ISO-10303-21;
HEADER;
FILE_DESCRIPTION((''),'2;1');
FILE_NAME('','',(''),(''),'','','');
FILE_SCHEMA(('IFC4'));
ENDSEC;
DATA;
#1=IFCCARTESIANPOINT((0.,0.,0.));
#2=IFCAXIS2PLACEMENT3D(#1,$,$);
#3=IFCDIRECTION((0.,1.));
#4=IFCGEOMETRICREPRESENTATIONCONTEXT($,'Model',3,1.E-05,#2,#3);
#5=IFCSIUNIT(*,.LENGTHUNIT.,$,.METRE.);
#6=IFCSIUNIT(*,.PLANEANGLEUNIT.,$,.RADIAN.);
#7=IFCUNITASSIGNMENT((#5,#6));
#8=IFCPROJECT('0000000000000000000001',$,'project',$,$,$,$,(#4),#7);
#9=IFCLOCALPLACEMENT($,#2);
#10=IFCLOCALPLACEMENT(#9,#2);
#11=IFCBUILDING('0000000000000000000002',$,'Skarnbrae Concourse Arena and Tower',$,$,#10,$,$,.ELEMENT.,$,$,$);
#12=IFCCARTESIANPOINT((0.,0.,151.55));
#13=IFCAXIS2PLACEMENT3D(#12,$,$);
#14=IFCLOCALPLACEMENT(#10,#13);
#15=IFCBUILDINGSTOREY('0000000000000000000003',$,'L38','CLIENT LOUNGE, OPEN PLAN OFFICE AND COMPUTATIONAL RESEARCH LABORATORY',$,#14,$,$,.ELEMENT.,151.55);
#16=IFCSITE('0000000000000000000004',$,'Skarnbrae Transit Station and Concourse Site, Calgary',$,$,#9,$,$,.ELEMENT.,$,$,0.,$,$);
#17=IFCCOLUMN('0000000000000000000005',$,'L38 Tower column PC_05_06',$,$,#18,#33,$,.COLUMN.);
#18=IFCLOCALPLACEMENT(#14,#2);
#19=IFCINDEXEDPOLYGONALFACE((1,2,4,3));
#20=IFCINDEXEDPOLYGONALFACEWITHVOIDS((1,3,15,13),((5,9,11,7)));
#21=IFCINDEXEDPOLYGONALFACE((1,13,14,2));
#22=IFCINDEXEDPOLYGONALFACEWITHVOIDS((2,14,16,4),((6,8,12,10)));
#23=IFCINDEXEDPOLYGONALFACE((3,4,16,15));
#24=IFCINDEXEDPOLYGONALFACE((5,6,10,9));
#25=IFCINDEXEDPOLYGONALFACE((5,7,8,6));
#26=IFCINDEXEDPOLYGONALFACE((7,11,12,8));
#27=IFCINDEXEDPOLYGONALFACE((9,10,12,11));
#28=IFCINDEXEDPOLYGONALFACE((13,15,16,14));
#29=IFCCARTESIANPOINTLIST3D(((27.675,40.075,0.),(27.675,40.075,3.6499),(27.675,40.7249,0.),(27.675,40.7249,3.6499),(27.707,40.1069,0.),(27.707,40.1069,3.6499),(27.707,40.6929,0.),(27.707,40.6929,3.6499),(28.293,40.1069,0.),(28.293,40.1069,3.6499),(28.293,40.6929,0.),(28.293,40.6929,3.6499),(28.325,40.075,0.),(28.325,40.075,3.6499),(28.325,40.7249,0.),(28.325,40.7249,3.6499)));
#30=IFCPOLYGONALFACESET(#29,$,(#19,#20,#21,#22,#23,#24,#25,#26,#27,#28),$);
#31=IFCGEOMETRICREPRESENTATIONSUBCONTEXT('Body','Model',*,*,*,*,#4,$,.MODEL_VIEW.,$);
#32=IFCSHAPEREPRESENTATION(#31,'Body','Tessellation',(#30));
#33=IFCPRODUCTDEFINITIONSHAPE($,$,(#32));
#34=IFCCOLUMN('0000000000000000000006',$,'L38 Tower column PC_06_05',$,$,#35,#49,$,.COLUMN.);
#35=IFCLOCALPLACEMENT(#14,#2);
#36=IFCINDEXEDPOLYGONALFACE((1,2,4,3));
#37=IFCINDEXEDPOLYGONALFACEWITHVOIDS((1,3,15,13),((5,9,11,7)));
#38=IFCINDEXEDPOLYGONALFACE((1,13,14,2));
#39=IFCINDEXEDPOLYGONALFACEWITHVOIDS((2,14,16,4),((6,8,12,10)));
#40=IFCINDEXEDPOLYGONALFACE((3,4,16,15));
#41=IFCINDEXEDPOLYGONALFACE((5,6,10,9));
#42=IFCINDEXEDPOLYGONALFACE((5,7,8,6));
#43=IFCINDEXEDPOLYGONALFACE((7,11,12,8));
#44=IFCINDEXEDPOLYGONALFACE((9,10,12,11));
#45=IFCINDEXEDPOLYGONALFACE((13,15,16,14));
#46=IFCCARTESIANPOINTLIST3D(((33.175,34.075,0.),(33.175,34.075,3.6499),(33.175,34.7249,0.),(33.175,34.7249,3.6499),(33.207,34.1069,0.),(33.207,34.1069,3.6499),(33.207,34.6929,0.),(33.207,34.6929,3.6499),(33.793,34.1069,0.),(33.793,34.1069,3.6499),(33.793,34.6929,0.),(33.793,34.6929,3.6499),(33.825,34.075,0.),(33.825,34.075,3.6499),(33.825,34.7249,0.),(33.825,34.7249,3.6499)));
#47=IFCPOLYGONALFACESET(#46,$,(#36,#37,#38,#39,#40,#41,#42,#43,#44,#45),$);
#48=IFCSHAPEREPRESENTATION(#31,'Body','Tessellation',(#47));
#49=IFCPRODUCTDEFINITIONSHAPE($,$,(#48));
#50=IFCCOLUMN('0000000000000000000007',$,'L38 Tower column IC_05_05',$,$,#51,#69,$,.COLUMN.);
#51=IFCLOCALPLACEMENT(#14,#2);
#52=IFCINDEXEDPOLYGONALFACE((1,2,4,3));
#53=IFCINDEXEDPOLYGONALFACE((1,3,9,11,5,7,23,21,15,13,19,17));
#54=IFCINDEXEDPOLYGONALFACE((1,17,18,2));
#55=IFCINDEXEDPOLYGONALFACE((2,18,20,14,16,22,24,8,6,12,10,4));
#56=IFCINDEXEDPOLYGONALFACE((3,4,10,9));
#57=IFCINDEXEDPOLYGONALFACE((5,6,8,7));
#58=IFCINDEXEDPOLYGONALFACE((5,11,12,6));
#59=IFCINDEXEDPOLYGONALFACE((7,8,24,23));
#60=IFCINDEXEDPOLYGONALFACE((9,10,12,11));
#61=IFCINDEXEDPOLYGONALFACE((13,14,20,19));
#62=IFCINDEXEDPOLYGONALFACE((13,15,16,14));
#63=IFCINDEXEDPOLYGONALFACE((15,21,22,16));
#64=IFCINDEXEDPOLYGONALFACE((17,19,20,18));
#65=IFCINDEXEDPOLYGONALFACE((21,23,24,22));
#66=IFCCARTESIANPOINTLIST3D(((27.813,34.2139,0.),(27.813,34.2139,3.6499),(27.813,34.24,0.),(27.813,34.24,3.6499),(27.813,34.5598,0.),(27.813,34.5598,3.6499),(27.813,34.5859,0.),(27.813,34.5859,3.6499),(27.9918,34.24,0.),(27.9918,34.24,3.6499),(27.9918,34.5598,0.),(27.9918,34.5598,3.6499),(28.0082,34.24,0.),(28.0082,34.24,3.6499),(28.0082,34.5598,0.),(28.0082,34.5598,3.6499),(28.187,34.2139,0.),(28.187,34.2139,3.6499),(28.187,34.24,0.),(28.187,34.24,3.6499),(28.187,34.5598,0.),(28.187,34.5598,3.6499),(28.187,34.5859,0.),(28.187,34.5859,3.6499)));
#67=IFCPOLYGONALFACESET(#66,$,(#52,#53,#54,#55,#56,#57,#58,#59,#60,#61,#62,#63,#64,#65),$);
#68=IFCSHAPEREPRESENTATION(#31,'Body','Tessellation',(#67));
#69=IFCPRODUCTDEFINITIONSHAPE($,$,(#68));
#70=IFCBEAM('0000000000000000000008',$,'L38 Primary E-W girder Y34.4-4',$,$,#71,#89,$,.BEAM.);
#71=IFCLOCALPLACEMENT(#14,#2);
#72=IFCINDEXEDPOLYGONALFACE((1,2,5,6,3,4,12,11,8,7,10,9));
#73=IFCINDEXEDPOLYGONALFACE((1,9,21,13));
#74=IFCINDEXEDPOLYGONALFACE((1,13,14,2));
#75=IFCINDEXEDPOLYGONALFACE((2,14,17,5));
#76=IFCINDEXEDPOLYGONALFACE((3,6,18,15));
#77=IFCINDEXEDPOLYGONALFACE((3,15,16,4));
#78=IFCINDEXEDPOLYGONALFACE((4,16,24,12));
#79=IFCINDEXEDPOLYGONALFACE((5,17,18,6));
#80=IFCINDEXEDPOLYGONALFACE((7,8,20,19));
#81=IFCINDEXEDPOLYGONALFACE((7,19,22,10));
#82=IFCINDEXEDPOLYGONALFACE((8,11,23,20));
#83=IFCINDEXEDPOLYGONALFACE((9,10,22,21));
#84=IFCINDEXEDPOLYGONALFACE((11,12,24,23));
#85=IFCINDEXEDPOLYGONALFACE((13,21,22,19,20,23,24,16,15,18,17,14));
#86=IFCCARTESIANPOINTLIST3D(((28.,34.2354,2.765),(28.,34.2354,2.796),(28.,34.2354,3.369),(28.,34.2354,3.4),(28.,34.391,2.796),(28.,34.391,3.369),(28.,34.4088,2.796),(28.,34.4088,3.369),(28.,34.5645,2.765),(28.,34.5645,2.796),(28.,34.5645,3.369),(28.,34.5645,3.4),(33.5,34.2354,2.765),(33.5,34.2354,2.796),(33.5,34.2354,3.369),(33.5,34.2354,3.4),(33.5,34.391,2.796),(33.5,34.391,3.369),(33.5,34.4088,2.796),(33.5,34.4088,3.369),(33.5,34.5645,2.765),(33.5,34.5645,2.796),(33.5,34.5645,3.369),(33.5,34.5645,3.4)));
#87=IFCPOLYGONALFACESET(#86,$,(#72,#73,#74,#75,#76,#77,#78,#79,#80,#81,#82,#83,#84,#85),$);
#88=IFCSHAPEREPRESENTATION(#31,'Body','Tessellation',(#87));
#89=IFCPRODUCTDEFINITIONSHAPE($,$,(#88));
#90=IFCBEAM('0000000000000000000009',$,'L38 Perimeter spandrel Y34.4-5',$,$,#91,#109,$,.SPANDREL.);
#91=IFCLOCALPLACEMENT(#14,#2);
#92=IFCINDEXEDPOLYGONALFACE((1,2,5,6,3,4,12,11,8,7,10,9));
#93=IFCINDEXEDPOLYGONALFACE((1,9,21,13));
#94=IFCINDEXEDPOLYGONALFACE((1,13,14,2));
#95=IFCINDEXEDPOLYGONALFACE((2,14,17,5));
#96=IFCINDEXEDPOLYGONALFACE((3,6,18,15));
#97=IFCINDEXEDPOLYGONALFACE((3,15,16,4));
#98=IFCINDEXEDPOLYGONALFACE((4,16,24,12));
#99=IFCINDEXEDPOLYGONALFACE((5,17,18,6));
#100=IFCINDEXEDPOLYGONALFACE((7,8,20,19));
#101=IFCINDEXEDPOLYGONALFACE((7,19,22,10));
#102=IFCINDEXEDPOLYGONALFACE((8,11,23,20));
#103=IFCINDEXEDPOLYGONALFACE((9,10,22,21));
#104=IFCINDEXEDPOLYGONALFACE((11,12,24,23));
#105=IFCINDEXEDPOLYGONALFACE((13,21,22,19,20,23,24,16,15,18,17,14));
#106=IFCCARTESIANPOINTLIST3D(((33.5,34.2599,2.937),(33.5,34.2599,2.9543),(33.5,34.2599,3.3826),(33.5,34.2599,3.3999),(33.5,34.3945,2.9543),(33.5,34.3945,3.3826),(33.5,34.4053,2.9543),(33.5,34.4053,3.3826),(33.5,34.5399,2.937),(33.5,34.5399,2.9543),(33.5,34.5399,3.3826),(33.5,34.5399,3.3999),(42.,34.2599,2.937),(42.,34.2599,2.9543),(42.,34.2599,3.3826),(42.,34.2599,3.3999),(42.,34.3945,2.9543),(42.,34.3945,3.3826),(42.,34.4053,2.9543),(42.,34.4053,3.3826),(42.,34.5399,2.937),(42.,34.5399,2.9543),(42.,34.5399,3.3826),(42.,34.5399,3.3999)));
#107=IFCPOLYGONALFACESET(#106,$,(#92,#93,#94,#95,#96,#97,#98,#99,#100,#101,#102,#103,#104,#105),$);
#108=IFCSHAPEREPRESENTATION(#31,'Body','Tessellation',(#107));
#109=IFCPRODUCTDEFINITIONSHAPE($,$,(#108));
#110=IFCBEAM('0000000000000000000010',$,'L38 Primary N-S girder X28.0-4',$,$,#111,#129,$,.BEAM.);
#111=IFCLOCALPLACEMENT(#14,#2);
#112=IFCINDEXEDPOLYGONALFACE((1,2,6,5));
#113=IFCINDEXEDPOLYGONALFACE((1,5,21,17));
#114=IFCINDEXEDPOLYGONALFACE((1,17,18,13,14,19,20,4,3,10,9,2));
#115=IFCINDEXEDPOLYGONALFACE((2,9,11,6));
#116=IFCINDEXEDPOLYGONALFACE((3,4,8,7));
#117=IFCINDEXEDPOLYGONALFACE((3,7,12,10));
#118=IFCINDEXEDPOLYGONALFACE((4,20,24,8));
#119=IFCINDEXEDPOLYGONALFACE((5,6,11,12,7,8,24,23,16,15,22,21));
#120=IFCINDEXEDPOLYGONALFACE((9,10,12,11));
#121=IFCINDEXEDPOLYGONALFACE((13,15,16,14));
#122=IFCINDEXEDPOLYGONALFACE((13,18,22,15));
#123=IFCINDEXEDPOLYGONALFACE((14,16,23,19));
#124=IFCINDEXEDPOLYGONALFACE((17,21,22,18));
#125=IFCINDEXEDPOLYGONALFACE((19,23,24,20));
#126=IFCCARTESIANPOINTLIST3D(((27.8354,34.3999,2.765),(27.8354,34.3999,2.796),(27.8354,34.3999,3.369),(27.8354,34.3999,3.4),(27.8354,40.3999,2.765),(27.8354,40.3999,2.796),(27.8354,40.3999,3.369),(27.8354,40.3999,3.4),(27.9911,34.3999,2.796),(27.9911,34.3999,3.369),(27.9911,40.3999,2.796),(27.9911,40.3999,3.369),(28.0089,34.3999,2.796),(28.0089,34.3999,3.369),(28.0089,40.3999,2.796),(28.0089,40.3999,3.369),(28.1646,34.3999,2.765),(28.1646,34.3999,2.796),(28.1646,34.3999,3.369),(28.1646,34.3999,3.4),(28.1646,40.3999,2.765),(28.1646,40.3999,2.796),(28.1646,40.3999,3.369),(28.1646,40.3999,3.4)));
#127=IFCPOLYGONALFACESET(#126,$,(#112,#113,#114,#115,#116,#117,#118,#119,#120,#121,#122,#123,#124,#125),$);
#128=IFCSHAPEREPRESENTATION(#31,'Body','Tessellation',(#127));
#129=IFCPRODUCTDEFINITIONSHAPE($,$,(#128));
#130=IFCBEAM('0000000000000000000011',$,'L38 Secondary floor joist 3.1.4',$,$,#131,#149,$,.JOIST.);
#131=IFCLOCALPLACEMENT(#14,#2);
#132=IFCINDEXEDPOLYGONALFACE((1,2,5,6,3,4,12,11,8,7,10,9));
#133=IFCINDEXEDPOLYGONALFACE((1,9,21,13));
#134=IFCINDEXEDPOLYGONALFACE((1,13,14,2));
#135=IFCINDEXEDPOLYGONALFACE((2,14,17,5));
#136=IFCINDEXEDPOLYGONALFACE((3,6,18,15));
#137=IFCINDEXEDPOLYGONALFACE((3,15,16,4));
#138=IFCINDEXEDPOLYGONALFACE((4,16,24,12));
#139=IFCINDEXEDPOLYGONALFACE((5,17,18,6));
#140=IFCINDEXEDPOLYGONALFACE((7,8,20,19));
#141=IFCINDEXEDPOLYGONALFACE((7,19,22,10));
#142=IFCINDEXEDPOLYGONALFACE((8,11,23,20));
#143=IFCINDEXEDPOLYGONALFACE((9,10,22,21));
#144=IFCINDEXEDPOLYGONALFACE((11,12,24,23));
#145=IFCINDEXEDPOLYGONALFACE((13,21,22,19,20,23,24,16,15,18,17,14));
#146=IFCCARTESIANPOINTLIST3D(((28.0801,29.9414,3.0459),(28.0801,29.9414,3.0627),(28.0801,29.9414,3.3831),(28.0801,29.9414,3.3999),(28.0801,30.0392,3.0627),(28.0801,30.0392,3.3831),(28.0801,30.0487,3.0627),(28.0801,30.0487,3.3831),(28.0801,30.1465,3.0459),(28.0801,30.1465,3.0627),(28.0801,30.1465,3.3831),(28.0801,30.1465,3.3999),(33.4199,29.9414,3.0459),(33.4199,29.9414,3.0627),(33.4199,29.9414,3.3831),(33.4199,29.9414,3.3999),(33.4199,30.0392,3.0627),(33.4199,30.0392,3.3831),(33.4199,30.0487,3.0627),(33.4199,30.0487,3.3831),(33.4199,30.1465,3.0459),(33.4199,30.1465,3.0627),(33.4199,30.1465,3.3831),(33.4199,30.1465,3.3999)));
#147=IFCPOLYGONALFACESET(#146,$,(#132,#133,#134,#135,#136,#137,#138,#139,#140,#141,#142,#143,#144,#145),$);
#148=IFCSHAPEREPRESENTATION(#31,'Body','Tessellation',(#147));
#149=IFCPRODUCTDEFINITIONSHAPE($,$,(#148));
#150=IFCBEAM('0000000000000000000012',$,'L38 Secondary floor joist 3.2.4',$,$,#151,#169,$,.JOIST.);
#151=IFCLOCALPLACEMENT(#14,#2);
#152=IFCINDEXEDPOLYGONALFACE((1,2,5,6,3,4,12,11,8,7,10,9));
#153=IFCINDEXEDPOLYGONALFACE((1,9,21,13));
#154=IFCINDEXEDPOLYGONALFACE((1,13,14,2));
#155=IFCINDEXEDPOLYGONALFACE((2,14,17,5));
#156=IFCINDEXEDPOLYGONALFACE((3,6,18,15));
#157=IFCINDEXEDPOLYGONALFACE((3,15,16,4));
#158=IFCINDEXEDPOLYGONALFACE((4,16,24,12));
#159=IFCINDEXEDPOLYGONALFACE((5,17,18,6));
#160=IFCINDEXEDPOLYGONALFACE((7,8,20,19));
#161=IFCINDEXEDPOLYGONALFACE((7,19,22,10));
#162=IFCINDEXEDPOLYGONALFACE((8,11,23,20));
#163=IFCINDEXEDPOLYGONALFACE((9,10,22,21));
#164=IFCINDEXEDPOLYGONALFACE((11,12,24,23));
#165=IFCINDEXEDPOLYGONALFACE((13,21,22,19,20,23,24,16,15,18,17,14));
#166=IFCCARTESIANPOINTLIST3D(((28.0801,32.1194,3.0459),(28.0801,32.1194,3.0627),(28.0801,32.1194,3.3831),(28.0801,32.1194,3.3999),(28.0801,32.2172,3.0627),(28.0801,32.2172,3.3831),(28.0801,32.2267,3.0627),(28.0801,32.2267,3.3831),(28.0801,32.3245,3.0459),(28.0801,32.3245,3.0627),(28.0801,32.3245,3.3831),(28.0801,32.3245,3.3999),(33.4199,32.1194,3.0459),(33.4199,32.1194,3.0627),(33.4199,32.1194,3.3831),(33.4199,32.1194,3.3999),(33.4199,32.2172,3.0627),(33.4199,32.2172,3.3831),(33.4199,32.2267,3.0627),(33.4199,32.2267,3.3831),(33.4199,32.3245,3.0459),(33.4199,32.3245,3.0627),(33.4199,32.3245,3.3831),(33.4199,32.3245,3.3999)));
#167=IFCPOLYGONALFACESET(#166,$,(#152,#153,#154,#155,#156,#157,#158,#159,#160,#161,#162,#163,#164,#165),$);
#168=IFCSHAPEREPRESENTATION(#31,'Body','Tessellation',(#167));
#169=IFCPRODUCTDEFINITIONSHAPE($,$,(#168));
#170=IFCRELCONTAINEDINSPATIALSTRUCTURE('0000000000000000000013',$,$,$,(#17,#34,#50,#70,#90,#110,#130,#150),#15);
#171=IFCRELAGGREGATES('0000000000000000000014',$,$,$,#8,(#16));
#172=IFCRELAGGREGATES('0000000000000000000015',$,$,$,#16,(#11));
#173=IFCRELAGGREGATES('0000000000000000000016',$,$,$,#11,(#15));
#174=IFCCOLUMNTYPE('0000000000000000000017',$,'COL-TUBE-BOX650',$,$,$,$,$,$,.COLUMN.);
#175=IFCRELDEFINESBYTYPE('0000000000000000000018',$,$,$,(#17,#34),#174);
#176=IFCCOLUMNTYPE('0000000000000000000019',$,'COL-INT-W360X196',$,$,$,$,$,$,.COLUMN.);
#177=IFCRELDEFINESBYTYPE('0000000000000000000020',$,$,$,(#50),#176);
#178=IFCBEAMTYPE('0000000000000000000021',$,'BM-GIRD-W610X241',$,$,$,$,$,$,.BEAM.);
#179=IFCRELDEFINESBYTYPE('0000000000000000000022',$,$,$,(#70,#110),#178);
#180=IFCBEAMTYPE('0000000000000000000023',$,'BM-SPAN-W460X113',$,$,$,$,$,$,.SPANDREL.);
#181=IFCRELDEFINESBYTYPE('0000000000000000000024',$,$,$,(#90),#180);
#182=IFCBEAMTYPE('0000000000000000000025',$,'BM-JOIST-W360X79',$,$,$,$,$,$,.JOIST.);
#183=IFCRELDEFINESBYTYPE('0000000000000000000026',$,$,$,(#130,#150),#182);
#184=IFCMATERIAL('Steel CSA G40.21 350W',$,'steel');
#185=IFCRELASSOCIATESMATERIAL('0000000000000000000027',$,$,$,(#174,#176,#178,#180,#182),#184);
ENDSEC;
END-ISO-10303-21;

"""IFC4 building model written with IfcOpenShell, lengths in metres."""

from ifc_helpers import new_model, si_unit, direction, frame, origin, origin_2d, place, context, subcontext, project, spatial, hollow_rectangle, i_section, extrude, source, transform, mapped, material, material_profile, profile_set, type_object, element, save


model = new_model("IFC4")

# Units and contexts
model_context = context("Model", 3, precision=1e-05, world=origin(), true_north=direction((0.0, 1.0)))
body_context = subcontext(model_context, "Body", "Model", "MODEL_VIEW")
ifc_project = project(units=[si_unit("LENGTHUNIT", "METRE"), si_unit("PLANEANGLEUNIT", "RADIAN")], contexts=[model_context])

# Site, building, storey
site_placement = place(None, origin())
site = spatial("IfcSite", under=ifc_project, at=site_placement, Name="Skarnbrae Transit Station and Concourse Site, Calgary", CompositionType="ELEMENT", RefElevation=0.0)
building_placement = place(site_placement, origin())
building = spatial("IfcBuilding", under=site, at=building_placement, Name="Skarnbrae Concourse Arena and Tower", CompositionType="ELEMENT")
storey_placement = place(building_placement, frame((0.0, 0.0, 151.55)))
storey = spatial("IfcBuildingStorey", under=building, at=storey_placement, Name="L38", Description="CLIENT LOUNGE, OPEN PLAN OFFICE AND COMPUTATIONAL RESEARCH LABORATORY", CompositionType="ELEMENT", Elevation=151.55)

# Columns
ifc_material_1 = material(Name="Steel CSA G40.21 350W", Category="steel")
ifc_material_profile_1 = material_profile(ifc_material_1, hollow_rectangle(XDim=0.6499, YDim=0.6499, WallThickness=0.032, at=origin_2d()), Name="BOX650X650X32")
ifc_profile_set_1 = profile_set([ifc_material_profile_1], Name="Steel CSA G40.21 350W")
column_type_1 = type_object("IfcColumnType", Name="COL-TUBE-BOX650", PredefinedType="COLUMN", material=ifc_profile_set_1)
shared_shape_1 = source(origin(), body_context, "Body", "SweptSolid", [
    extrude(hollow_rectangle(XDim=0.6499, YDim=0.6499, WallThickness=0.032, at=origin_2d()), origin(), (0.0, 0.0, 1.0), 3.6499),
])
for number, where, z_axis, x_axis, name in (
    (1, (28.0, 40.3999, 0.0), (0.0, 0.0, 1.0), (1.0, 0.0, 0.0), "L38 Tower column PC_05_06"),
    (2, (33.5, 34.3999, 0.0), (0.0, 0.0, 1.0), (1.0, 0.0, 0.0), "L38 Tower column PC_06_05"),
):
    element("IfcColumn", number, at=place(storey_placement, frame(where, z_axis=z_axis, x_axis=x_axis)), inside=storey, type_object=column_type_1, Name=name, PredefinedType="COLUMN", context=body_context, shape_type="MappedRepresentation", body=[
        mapped(shared_shape_1, transform((0.0, 0.0, 0.0))),
    ])
ifc_material_profile_2 = material_profile(ifc_material_1, i_section(OverallWidth=0.374, OverallDepth=0.3721, WebThickness=0.0164, FlangeThickness=0.0261, at=origin_2d()), Name="W360X196")
ifc_profile_set_2 = profile_set([ifc_material_profile_2], Name="Steel CSA G40.21 350W")
column_type_2 = type_object("IfcColumnType", Name="COL-INT-W360X196", PredefinedType="COLUMN", material=ifc_profile_set_2)
shared_shape_2 = source(origin(), body_context, "Body", "SweptSolid", [
    extrude(i_section(OverallWidth=0.374, OverallDepth=0.3721, WebThickness=0.0164, FlangeThickness=0.0261, at=origin_2d()), origin(), (0.0, 0.0, 1.0), 3.6499),
])
column_placement = place(storey_placement, frame((28.0, 34.3999, 0.0), z_axis=(0.0, 0.0, 1.0), x_axis=(1.0, 0.0, 0.0)))
element("IfcColumn", 3, at=column_placement, inside=storey, type_object=column_type_2, Name="L38 Tower column IC_05_05", PredefinedType="COLUMN", context=body_context, shape_type="MappedRepresentation", body=[
    mapped(shared_shape_2, transform((0.0, 0.0, 0.0))),
])

# Beams
ifc_material_profile_3 = material_profile(ifc_material_1, i_section(OverallWidth=0.3291, OverallDepth=0.635, WebThickness=0.0178, FlangeThickness=0.031, at=origin_2d()), Name="W610X241")
ifc_profile_set_3 = profile_set([ifc_material_profile_3], Name="Steel CSA G40.21 350W")
beam_type_1 = type_object("IfcBeamType", Name="BM-GIRD-W610X241", PredefinedType="BEAM", material=ifc_profile_set_3)
shared_shape_3 = source(origin(), body_context, "Body", "SweptSolid", [
    extrude(i_section(OverallWidth=0.3291, OverallDepth=0.635, WebThickness=0.0178, FlangeThickness=0.031, at=origin_2d()), origin(), (0.0, 0.0, 1.0), 5.5),
])
beam_1_placement = place(storey_placement, frame((28.0, 34.3999, 3.0825), z_axis=(1.0, 0.0, 0.0), x_axis=(0.0, 1.0, 0.0)))
element("IfcBeam", 4, at=beam_1_placement, inside=storey, type_object=beam_type_1, Name="L38 Primary E-W girder Y34.4-4", PredefinedType="BEAM", context=body_context, shape_type="MappedRepresentation", body=[
    mapped(shared_shape_3, transform((0.0, 0.0, 0.0))),
])
ifc_material_profile_4 = material_profile(ifc_material_1, i_section(OverallWidth=0.28, OverallDepth=0.4629, WebThickness=0.0107, FlangeThickness=0.0173, at=origin_2d()), Name="W460X113")
ifc_profile_set_4 = profile_set([ifc_material_profile_4], Name="Steel CSA G40.21 350W")
beam_type_2 = type_object("IfcBeamType", Name="BM-SPAN-W460X113", PredefinedType="SPANDREL", material=ifc_profile_set_4)
shared_shape_4 = source(origin(), body_context, "Body", "SweptSolid", [
    extrude(i_section(OverallWidth=0.28, OverallDepth=0.4629, WebThickness=0.0107, FlangeThickness=0.0173, at=origin_2d()), origin(), (0.0, 0.0, 1.0), 8.5),
])
beam_2_placement = place(storey_placement, frame((33.5, 34.3999, 3.1685), z_axis=(1.0, 0.0, 0.0), x_axis=(0.0, 1.0, 0.0)))
element("IfcBeam", 5, at=beam_2_placement, inside=storey, type_object=beam_type_2, Name="L38 Perimeter spandrel Y34.4-5", PredefinedType="SPANDREL", context=body_context, shape_type="MappedRepresentation", body=[
    mapped(shared_shape_4, transform((0.0, 0.0, 0.0))),
])
shared_shape_5 = source(origin(), body_context, "Body", "SweptSolid", [
    extrude(i_section(OverallWidth=0.3291, OverallDepth=0.635, WebThickness=0.0178, FlangeThickness=0.031, at=origin_2d()), origin(), (0.0, 0.0, 1.0), 6.0),
])
beam_3_placement = place(storey_placement, frame((28.0, 34.3999, 3.0825), z_axis=(0.0, 1.0, 0.0), x_axis=(-1.0, 0.0, 0.0)))
element("IfcBeam", 6, at=beam_3_placement, inside=storey, type_object=beam_type_1, Name="L38 Primary N-S girder X28.0-4", PredefinedType="BEAM", context=body_context, shape_type="MappedRepresentation", body=[
    mapped(shared_shape_5, transform((0.0, 0.0, 0.0))),
])
ifc_material_profile_5 = material_profile(ifc_material_1, i_section(OverallWidth=0.2051, OverallDepth=0.354, WebThickness=0.0095, FlangeThickness=0.0168, at=origin_2d()), Name="W360X79")
ifc_profile_set_5 = profile_set([ifc_material_profile_5], Name="Steel CSA G40.21 350W")
beam_type_3 = type_object("IfcBeamType", Name="BM-JOIST-W360X79", PredefinedType="JOIST", material=ifc_profile_set_5)
shared_shape_6 = source(origin(), body_context, "Body", "SweptSolid", [
    extrude(i_section(OverallWidth=0.2051, OverallDepth=0.354, WebThickness=0.0095, FlangeThickness=0.0168, at=origin_2d()), origin(), (0.0, 0.0, 1.0), 5.3398),
])
for number, where, z_axis, x_axis, name in (
    (7, (28.0801, 30.0439, 3.2229), (1.0, 0.0, 0.0), (0.0, 1.0, 0.0), "L38 Secondary floor joist 3.1.4"),
    (8, (28.0801, 32.2219, 3.2229), (1.0, 0.0, 0.0), (0.0, 1.0, 0.0), "L38 Secondary floor joist 3.2.4"),
):
    element("IfcBeam", number, at=place(storey_placement, frame(where, z_axis=z_axis, x_axis=x_axis)), inside=storey, type_object=beam_type_3, Name=name, PredefinedType="JOIST", context=body_context, shape_type="MappedRepresentation", body=[
        mapped(shared_shape_6, transform((0.0, 0.0, 0.0))),
    ])

save(model, "model.ifc")
